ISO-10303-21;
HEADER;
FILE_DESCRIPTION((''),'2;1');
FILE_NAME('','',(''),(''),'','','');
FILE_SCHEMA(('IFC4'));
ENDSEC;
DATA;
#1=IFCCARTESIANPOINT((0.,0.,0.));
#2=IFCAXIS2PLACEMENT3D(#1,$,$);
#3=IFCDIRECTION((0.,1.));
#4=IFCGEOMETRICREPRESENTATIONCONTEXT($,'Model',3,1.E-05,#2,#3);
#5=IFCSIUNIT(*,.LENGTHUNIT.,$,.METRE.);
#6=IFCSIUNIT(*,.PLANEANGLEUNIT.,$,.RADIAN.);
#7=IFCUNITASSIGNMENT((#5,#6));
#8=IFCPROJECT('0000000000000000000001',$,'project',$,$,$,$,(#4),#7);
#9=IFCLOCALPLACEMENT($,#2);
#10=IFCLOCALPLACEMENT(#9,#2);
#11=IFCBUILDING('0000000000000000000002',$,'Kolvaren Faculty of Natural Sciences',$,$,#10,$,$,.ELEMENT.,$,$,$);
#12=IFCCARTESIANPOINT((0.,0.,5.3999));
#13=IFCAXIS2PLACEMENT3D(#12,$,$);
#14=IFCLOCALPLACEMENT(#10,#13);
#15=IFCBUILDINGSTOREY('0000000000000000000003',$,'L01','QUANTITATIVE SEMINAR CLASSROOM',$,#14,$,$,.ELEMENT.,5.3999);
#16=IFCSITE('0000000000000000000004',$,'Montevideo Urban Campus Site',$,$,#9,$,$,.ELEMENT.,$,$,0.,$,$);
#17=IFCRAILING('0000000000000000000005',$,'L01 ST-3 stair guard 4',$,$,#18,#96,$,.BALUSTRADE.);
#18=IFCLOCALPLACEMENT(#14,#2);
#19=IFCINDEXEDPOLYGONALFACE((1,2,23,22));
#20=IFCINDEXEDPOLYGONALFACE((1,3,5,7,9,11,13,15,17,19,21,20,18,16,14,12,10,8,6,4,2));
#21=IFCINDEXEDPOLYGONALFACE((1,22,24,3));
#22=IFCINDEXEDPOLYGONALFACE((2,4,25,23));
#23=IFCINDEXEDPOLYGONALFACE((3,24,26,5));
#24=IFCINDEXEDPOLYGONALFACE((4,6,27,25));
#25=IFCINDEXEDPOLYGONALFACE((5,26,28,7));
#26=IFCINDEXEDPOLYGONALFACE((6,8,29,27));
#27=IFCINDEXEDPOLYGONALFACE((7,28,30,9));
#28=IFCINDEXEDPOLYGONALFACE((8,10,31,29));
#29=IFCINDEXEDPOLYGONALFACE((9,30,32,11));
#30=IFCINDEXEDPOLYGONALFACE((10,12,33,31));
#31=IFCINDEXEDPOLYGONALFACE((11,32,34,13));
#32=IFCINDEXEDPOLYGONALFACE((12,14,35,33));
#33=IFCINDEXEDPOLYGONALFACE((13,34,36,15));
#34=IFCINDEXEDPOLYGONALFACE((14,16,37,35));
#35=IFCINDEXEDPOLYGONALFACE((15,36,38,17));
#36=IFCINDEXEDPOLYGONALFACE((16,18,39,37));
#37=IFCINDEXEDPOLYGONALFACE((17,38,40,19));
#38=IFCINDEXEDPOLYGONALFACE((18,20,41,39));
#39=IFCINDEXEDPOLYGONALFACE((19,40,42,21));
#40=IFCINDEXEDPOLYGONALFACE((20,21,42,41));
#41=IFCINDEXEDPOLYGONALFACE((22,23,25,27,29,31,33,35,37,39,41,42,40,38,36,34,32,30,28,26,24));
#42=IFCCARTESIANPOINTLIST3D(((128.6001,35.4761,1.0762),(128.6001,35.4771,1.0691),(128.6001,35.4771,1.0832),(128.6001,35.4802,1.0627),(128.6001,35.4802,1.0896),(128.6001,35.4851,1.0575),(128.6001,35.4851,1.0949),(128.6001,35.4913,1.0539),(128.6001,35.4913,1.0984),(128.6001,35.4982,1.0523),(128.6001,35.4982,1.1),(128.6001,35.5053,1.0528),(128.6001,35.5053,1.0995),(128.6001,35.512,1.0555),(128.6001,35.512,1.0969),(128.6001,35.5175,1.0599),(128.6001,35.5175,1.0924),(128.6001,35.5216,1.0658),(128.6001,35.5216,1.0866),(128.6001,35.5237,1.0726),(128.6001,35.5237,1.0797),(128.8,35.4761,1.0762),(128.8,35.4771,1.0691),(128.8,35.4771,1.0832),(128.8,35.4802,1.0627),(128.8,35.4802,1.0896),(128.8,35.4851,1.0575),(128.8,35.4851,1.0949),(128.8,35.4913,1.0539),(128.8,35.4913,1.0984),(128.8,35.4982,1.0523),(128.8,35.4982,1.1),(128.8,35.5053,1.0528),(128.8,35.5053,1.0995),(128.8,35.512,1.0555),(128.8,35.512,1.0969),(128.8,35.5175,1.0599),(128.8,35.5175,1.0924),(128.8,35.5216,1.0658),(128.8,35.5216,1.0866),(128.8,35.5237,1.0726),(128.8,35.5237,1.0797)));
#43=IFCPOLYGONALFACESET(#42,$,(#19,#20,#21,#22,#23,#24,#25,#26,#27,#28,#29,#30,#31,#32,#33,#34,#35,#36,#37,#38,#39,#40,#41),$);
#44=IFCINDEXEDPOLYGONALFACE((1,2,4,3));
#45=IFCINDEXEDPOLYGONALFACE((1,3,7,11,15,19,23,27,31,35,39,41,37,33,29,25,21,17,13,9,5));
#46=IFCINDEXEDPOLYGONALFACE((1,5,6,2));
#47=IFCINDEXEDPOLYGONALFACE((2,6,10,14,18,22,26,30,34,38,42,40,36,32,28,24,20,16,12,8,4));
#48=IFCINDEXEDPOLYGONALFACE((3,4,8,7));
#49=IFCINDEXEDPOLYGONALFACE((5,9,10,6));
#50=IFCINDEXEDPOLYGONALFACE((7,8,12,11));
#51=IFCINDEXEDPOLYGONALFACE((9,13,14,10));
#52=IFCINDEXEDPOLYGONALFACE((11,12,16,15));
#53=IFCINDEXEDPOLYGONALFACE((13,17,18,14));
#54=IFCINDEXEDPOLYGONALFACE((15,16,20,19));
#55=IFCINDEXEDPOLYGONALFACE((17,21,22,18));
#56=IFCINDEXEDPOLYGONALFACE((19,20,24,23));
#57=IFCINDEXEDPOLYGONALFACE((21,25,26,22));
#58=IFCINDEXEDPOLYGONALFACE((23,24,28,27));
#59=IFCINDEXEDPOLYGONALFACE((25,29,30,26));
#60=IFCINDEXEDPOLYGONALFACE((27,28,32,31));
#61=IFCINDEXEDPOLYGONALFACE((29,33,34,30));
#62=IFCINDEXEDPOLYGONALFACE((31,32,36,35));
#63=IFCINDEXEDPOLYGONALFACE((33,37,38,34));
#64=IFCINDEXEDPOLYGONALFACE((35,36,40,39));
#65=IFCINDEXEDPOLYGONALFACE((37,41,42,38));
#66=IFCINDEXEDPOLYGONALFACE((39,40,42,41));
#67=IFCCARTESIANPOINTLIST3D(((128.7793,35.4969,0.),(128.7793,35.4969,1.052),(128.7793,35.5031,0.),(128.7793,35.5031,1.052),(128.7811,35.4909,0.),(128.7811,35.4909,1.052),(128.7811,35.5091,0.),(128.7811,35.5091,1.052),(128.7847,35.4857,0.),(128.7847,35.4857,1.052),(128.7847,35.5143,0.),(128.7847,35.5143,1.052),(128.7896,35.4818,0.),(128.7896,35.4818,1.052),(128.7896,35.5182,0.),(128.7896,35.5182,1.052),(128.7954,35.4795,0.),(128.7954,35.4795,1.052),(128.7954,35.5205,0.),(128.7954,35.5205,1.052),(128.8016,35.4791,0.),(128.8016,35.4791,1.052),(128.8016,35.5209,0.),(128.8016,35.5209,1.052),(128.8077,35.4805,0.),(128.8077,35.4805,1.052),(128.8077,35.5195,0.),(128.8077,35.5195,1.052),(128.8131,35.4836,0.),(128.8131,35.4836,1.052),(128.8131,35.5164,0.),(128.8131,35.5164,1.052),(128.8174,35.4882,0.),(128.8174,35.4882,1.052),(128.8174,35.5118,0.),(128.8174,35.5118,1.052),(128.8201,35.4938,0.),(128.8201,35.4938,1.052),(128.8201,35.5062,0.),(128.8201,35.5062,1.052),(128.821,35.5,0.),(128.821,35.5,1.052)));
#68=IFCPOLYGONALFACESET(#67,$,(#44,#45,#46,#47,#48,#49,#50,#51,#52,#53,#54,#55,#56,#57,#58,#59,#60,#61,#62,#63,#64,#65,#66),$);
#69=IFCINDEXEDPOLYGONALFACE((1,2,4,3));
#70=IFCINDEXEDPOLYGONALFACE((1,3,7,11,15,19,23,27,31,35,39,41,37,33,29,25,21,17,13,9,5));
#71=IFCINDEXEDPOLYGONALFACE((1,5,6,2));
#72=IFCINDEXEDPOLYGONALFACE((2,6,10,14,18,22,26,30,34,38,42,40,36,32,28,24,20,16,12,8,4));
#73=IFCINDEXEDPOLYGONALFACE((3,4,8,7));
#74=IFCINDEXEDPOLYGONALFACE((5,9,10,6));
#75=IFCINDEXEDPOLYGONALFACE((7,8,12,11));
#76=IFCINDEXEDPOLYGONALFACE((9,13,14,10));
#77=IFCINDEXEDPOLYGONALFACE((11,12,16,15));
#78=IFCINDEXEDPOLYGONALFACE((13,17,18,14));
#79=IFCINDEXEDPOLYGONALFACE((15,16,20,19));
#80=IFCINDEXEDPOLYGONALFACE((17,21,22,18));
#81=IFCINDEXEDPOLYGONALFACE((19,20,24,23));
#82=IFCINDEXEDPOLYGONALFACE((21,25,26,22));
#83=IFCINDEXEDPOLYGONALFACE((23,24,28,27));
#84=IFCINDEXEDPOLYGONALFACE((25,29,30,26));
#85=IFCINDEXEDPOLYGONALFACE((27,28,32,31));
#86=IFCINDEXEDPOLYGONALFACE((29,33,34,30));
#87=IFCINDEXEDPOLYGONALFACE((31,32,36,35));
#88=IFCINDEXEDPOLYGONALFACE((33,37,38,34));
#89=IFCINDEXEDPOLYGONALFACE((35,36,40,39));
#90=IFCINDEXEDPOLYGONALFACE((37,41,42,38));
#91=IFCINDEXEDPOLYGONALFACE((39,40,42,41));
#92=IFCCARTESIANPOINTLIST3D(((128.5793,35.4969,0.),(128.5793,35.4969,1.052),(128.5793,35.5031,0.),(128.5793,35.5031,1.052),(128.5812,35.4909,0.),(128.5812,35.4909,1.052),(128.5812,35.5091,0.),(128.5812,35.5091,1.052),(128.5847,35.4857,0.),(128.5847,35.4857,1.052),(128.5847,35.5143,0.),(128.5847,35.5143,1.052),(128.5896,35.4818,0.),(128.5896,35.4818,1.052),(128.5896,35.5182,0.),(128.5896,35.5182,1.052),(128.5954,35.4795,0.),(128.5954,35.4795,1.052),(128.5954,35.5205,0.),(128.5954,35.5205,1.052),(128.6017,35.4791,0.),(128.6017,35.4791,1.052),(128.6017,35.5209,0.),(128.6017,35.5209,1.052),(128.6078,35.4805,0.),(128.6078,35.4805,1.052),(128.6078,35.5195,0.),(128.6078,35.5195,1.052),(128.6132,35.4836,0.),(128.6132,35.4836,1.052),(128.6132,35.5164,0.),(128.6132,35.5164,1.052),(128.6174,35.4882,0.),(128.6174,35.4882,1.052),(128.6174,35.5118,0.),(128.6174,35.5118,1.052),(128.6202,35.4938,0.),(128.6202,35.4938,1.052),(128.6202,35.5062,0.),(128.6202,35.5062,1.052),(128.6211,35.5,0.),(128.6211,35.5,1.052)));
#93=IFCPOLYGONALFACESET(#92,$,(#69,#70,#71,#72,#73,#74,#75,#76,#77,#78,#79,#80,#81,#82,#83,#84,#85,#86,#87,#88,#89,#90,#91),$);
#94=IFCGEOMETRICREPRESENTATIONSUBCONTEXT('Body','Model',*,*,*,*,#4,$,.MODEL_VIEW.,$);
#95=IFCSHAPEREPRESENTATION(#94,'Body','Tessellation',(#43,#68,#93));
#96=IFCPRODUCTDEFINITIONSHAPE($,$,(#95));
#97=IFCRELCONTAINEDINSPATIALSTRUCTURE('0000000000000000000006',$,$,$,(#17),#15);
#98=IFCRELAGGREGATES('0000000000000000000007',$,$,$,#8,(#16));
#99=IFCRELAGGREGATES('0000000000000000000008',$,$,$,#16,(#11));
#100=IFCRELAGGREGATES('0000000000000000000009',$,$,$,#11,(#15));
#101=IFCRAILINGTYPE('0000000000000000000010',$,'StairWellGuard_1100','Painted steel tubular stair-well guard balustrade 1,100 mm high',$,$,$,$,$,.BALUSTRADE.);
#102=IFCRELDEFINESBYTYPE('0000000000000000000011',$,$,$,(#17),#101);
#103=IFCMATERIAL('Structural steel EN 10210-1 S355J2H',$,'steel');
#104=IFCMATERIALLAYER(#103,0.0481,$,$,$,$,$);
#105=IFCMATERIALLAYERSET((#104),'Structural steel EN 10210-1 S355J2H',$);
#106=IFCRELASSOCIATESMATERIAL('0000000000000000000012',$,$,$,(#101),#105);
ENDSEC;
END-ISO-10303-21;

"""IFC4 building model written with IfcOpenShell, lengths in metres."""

from ifc_helpers import new_model, si_unit, direction, frame, origin, origin_2d, place, context, subcontext, project, spatial, circle, extrude, material, layer, layer_set, type_object, element, save


model = new_model("IFC4")

# Units and contexts
model_context = context("Model", 3, precision=1e-05, world=origin(), true_north=direction((0.0, 1.0)))
body_context = subcontext(model_context, "Body", "Model", "MODEL_VIEW")
ifc_project = project(units=[si_unit("LENGTHUNIT", "METRE"), si_unit("PLANEANGLEUNIT", "RADIAN")], contexts=[model_context])

# Site, building, storey
site_placement = place(None, origin())
site = spatial("IfcSite", under=ifc_project, at=site_placement, Name="Montevideo Urban Campus Site", CompositionType="ELEMENT", RefElevation=0.0)
building_placement = place(site_placement, origin())
building = spatial("IfcBuilding", under=site, at=building_placement, Name="Kolvaren Faculty of Natural Sciences", CompositionType="ELEMENT")
storey_placement = place(building_placement, frame((0.0, 0.0, 5.3999)))
storey = spatial("IfcBuildingStorey", under=building, at=storey_placement, Name="L01", Description="QUANTITATIVE SEMINAR CLASSROOM", CompositionType="ELEMENT", Elevation=5.3999)

# Railing
ifc_material_1 = material(Name="Structural steel EN 10210-1 S355J2H", Category="steel")
ifc_layer_1 = layer(ifc_material_1, 0.0481)
ifc_layer_set_1 = layer_set([ifc_layer_1], Name="Structural steel EN 10210-1 S355J2H")
railing_type_1 = type_object("IfcRailingType", Name="StairWellGuard_1100", Description="Painted steel tubular stair-well guard balustrade 1,100 mm high", PredefinedType="BALUSTRADE", material=ifc_layer_set_1)
railing_1_placement = place(storey_placement, frame((128.8, 35.5, 0.0)))
element("IfcRailing", 1, at=railing_1_placement, inside=storey, type_object=railing_type_1, Name="L01 ST-3 stair guard 4", PredefinedType="BALUSTRADE", context=body_context, shape_type="SweptSolid", body=[
    extrude(circle(Radius=0.0239, at=origin_2d()), frame((0.0, 0.0, 1.0762), z_axis=(-1.0, 0.0, 0.0), x_axis=(0.0, -1.0, 0.0)), (0.0, 0.0, 1.0), 0.2),
    extrude(circle(Radius=0.021, at=origin_2d()), origin(), (0.0, 0.0, 1.0), 1.052),
    extrude(circle(Radius=0.021, at=origin_2d()), frame((-0.2, 0.0, 0.0)), (0.0, 0.0, 1.0), 1.052),
])

save(model, "model.ifc")
